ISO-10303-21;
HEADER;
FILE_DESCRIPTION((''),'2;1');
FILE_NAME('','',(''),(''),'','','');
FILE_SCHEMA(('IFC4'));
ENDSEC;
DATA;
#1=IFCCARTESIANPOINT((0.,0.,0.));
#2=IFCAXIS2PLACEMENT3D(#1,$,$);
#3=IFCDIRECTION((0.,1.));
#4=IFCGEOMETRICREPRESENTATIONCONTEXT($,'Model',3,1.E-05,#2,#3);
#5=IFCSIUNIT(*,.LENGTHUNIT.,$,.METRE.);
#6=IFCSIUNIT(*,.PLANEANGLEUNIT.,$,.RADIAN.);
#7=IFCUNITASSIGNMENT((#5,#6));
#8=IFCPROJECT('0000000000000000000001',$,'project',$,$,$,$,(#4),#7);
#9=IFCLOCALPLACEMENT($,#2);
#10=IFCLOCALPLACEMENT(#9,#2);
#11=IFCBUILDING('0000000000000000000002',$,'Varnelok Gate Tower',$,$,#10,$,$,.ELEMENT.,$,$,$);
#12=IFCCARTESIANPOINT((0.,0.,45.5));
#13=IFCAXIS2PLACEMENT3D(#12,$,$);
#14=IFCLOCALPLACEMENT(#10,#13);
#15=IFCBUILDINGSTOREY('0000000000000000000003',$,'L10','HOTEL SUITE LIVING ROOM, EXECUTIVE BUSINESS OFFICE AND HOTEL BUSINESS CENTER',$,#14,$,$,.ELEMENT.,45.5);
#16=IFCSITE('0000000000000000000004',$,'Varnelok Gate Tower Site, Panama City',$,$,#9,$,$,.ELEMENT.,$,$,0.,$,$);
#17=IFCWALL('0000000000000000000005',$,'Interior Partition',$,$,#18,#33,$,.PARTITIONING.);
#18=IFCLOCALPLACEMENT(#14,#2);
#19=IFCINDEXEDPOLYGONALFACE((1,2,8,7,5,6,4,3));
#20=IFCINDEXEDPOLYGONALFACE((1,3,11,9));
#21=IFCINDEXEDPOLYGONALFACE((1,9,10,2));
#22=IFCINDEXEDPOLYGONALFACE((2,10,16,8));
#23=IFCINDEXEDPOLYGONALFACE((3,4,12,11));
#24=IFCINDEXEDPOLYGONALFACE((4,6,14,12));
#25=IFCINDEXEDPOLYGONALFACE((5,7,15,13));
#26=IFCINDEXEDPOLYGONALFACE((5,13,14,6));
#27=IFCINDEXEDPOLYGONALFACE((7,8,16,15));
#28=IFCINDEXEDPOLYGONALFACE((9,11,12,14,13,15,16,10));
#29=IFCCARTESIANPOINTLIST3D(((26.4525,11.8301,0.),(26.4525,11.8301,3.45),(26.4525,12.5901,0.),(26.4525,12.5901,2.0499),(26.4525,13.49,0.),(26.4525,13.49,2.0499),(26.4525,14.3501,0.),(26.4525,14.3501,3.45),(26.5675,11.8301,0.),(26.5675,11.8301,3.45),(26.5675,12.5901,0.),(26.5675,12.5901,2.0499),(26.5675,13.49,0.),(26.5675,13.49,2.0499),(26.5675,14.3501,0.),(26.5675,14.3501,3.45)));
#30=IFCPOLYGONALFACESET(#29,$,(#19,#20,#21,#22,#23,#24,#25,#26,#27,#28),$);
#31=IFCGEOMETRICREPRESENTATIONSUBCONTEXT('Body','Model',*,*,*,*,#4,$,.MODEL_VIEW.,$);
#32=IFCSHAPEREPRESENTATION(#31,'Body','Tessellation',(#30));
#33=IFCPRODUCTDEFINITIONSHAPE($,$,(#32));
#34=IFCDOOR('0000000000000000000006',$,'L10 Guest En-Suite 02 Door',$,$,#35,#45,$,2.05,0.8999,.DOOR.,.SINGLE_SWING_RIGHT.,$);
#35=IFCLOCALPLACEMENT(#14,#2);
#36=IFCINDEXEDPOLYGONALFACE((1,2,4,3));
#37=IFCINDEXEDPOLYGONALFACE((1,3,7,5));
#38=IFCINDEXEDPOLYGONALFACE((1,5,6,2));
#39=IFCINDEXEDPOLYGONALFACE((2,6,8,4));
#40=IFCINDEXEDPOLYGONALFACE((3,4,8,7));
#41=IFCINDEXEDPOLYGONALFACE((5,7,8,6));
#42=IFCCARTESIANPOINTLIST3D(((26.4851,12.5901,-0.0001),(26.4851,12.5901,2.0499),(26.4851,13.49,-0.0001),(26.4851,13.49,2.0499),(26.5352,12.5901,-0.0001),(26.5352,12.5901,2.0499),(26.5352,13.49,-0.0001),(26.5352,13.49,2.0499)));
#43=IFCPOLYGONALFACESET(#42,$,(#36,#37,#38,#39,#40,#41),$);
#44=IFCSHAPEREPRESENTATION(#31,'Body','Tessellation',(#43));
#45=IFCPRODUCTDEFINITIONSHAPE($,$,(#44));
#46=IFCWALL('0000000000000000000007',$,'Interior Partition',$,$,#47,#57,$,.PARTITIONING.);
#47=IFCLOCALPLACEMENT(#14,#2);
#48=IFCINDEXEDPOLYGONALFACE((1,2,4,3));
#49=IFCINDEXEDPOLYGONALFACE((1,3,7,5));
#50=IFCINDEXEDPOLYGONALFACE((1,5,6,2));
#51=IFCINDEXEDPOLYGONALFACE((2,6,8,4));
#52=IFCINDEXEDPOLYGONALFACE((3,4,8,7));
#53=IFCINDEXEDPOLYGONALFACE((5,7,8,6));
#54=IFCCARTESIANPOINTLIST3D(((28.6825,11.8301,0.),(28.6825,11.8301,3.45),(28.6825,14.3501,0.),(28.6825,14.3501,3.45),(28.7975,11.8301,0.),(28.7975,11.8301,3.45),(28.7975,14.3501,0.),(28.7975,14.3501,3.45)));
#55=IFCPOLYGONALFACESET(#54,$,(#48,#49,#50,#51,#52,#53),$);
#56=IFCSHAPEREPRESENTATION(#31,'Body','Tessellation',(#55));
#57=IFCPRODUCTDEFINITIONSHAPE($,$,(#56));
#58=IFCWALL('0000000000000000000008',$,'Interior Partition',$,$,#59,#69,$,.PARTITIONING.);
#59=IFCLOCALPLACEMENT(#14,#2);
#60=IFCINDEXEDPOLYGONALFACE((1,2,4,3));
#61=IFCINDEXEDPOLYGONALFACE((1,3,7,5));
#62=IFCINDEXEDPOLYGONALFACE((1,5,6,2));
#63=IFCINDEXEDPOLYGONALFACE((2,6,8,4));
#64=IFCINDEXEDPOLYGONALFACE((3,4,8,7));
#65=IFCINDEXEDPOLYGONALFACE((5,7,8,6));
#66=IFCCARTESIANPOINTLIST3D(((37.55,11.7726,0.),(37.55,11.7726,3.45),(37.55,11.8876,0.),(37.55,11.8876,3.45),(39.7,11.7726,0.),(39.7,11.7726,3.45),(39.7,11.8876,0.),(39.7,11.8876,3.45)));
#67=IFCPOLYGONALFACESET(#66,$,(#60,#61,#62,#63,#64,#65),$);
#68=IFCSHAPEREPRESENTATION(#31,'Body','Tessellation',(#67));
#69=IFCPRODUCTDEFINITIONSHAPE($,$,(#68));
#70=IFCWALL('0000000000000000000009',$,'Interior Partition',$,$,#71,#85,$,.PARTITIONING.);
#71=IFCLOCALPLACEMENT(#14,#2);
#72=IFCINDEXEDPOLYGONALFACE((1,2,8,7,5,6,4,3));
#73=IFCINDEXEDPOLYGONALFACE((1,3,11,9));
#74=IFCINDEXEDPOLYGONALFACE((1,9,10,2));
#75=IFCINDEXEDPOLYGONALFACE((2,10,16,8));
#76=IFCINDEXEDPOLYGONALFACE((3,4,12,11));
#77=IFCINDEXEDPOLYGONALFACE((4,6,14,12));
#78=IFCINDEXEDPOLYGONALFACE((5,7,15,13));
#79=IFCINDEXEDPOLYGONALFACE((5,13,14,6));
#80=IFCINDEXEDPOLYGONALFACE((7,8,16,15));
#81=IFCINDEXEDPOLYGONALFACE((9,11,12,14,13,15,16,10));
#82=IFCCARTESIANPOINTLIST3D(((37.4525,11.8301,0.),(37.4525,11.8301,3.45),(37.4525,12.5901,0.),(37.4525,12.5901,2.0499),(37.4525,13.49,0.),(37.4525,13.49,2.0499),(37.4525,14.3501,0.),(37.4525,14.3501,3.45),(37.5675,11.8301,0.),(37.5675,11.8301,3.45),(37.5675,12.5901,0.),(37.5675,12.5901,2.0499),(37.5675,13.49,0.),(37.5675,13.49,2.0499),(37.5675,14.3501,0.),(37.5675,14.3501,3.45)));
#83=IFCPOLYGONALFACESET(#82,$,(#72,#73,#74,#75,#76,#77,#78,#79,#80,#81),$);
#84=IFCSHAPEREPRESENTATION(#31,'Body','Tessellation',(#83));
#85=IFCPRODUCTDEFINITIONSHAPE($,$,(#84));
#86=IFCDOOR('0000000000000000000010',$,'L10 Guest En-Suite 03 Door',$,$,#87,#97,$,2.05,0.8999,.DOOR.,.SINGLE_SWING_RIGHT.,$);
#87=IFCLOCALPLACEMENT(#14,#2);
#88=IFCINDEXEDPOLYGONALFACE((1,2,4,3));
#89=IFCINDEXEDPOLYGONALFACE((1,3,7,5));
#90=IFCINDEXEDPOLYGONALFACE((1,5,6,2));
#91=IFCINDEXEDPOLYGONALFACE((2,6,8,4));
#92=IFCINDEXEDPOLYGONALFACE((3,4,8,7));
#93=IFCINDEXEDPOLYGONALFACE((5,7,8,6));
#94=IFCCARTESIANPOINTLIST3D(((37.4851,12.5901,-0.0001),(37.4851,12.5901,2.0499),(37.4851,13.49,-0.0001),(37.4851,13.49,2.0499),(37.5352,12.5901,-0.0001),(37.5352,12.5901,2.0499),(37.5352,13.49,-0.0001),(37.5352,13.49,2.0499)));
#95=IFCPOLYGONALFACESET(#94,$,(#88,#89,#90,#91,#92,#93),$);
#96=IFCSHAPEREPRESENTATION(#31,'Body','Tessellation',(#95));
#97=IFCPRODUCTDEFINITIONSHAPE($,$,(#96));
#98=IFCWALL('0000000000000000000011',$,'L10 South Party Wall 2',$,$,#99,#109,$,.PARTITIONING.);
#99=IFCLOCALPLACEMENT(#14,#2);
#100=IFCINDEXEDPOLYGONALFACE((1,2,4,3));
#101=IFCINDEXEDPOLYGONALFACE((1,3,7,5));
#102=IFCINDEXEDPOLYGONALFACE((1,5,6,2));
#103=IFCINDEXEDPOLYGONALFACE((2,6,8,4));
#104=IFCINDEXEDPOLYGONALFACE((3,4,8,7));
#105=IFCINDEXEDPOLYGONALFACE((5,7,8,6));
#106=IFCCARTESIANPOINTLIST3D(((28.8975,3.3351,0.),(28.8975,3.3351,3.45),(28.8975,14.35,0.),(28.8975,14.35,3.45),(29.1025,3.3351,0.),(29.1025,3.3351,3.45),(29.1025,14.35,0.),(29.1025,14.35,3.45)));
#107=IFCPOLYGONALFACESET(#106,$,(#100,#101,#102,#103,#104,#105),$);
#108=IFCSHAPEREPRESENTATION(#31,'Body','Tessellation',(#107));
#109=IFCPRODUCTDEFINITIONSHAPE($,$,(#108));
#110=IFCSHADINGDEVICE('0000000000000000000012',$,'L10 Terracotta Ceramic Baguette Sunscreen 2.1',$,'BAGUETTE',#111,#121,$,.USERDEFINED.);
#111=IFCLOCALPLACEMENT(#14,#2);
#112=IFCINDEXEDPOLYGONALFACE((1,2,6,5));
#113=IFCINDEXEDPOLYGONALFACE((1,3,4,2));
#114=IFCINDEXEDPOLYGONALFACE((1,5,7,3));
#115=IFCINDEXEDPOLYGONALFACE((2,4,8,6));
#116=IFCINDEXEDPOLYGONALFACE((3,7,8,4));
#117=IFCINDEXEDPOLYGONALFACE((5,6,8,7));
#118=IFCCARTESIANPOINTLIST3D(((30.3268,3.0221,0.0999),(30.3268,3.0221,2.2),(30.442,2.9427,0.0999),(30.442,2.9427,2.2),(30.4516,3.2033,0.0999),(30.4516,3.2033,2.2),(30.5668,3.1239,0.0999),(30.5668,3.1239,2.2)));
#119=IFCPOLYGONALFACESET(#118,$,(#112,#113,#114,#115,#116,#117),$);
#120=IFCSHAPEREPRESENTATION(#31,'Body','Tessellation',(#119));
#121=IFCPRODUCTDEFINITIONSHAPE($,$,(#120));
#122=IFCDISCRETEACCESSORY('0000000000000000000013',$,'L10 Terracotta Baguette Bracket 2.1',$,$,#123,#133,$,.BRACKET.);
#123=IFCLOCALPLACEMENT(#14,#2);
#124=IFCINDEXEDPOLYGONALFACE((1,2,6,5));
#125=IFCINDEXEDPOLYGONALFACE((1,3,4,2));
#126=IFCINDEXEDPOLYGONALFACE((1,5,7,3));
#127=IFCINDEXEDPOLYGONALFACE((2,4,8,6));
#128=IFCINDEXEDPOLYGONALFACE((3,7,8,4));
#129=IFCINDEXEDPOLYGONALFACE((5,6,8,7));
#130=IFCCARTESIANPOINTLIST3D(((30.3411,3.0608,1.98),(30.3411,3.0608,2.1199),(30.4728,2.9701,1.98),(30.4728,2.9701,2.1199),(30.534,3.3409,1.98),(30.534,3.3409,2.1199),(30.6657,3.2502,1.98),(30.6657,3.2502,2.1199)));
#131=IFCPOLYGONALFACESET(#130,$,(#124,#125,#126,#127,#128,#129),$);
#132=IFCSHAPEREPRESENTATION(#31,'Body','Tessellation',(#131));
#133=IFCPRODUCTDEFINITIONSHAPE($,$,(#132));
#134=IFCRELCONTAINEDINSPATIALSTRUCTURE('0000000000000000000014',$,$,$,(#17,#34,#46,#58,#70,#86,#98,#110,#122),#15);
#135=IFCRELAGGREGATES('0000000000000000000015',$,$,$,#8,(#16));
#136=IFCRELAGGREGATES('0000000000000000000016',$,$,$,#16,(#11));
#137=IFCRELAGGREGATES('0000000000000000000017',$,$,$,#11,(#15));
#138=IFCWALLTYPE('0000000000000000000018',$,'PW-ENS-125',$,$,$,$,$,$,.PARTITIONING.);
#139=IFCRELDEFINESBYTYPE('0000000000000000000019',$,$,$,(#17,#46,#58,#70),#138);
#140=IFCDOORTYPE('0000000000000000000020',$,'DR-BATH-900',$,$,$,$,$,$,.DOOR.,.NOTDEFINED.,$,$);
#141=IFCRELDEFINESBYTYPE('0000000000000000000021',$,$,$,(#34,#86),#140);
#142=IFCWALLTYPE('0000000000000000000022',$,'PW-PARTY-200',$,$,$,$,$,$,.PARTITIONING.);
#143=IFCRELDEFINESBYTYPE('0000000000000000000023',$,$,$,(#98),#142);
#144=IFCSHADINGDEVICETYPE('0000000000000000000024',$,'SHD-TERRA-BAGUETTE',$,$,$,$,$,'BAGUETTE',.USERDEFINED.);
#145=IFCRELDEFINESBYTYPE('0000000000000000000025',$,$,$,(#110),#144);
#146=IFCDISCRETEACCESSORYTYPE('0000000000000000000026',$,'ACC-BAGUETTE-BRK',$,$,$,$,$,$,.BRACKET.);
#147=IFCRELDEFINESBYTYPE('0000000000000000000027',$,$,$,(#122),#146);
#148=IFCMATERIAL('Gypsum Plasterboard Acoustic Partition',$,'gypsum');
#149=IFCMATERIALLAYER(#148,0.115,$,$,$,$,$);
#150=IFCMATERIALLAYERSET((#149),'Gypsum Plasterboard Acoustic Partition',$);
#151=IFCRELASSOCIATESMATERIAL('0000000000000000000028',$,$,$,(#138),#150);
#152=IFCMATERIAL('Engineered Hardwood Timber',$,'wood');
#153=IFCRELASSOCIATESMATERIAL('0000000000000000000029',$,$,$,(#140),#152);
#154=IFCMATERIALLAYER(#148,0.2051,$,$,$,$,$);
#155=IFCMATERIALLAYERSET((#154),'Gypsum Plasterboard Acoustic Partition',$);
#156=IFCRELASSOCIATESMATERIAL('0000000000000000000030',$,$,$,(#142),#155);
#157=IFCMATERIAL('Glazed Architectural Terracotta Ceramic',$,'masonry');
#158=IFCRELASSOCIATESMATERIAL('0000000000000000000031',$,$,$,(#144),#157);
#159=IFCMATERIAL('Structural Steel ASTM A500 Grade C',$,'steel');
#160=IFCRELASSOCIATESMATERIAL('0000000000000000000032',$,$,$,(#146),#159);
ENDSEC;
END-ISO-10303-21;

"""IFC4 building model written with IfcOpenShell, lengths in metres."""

from ifc_helpers import new_model, si_unit, direction, frame, frame_2d, origin, origin_2d, place, context, subcontext, project, spatial, rectangle, extrude, source, transform, mapped, material, layer, layer_set, type_object, element, fill, save


model = new_model("IFC4")

# Units and contexts
model_context = context("Model", 3, precision=1e-05, world=origin(), true_north=direction((0.0, 1.0)))
body_context = subcontext(model_context, "Body", "Model", "MODEL_VIEW")
ifc_project = project(units=[si_unit("LENGTHUNIT", "METRE"), si_unit("PLANEANGLEUNIT", "RADIAN")], contexts=[model_context])

# Site, building, storey
site_placement = place(None, origin())
site = spatial("IfcSite", under=ifc_project, at=site_placement, Name="Varnelok Gate Tower Site, Panama City", CompositionType="ELEMENT", RefElevation=0.0)
building_placement = place(site_placement, origin())
building = spatial("IfcBuilding", under=site, at=building_placement, Name="Varnelok Gate Tower", CompositionType="ELEMENT")
storey_placement = place(building_placement, frame((0.0, 0.0, 45.5)))
storey = spatial("IfcBuildingStorey", under=building, at=storey_placement, Name="L10", Description="HOTEL SUITE LIVING ROOM, EXECUTIVE BUSINESS OFFICE AND HOTEL BUSINESS CENTER", CompositionType="ELEMENT", Elevation=45.5)

# Shared definitions
ifc_material_1 = material(Name="Gypsum Plasterboard Acoustic Partition", Category="gypsum")
ifc_material_2 = material(Name="Engineered Hardwood Timber", Category="wood")

# Shared definitions
ifc_layer_1 = layer(ifc_material_1, 0.115)
ifc_layer_set_1 = layer_set([ifc_layer_1], Name="Gypsum Plasterboard Acoustic Partition")
wall_type_1 = type_object("IfcWallType", Name="PW-ENS-125", PredefinedType="PARTITIONING", material=ifc_layer_set_1)

# Wall, opening, door
wall_1_placement = place(storey_placement, frame((26.51, 11.8301, 0.0), z_axis=(0.0, 0.0, 1.0), x_axis=(0.0, 1.0, 0.0)))
wall_1 = element("IfcWall", 1, at=wall_1_placement, inside=storey, type_object=wall_type_1, Name="Interior Partition", PredefinedType="PARTITIONING", context=body_context, shape_type="SweptSolid", body=[
    extrude(rectangle(XDim=2.52, YDim=0.115, at=frame_2d((1.26, 0.0))), origin(), (0.0, 0.0, 1.0), 3.45),
])
opening_1_placement = place(wall_1_placement, frame((0.76, 0.0, 0.0)))
opening_1 = element("IfcOpeningElement", 2, at=opening_1_placement, cuts=wall_1, PredefinedType="OPENING", context=body_context, shape_type="SweptSolid", body=[
    extrude(rectangle(XDim=0.8999, YDim=2.05, at=frame_2d((0.45, 1.0249))), frame((0.0, 0.0674, 0.0), z_axis=(0.0, -1.0, 0.0), x_axis=(1.0, 0.0, 0.0)), (0.0, 0.0, 1.0), 0.135),
])
door_type_1 = type_object("IfcDoorType", Name="DR-BATH-900", OperationType="NOTDEFINED", PredefinedType="DOOR", material=ifc_material_2)
door_1_placement = place(opening_1_placement, origin())
door_1 = element("IfcDoor", 3, at=door_1_placement, inside=storey, type_object=door_type_1, Name="L10 Guest En-Suite 02 Door", OperationType="SINGLE_SWING_RIGHT", OverallHeight=2.05, OverallWidth=0.8999, PredefinedType="DOOR", context=body_context, shape_type="SweptSolid", body=[
    extrude(rectangle(XDim=0.8999, YDim=2.05, at=frame_2d((0.45, 1.0249))), frame((0.0, 0.0249, 0.0), z_axis=(0.0, -1.0, 0.0), x_axis=(1.0, 0.0, 0.0)), (0.0, 0.0, 1.0), 0.05),
])
fill(opening_1, door_1)

# Walls
wall_2_placement = place(storey_placement, frame((28.74, 11.8301, 0.0), z_axis=(0.0, 0.0, 1.0), x_axis=(0.0, 1.0, 0.0)))
element("IfcWall", 4, at=wall_2_placement, inside=storey, type_object=wall_type_1, Name="Interior Partition", PredefinedType="PARTITIONING", context=body_context, shape_type="SweptSolid", body=[
    extrude(rectangle(XDim=2.52, YDim=0.115, at=frame_2d((1.26, 0.0))), origin(), (0.0, 0.0, 1.0), 3.45),
])
wall_3_placement = place(storey_placement, frame((37.55, 11.8301, 0.0), z_axis=(0.0, 0.0, 1.0), x_axis=(1.0, 0.0, 0.0)))
element("IfcWall", 5, at=wall_3_placement, inside=storey, type_object=wall_type_1, Name="Interior Partition", PredefinedType="PARTITIONING", context=body_context, shape_type="SweptSolid", body=[
    extrude(rectangle(XDim=2.1499, YDim=0.115, at=frame_2d((1.075, 0.0))), origin(), (0.0, 0.0, 1.0), 3.45),
])

# Wall, opening, door
wall_4_placement = place(storey_placement, frame((37.51, 11.8301, 0.0), z_axis=(0.0, 0.0, 1.0), x_axis=(0.0, 1.0, 0.0)))
wall_4 = element("IfcWall", 6, at=wall_4_placement, inside=storey, type_object=wall_type_1, Name="Interior Partition", PredefinedType="PARTITIONING", context=body_context, shape_type="SweptSolid", body=[
    extrude(rectangle(XDim=2.52, YDim=0.115, at=frame_2d((1.26, 0.0))), origin(), (0.0, 0.0, 1.0), 3.45),
])
opening_2_placement = place(wall_4_placement, frame((0.76, 0.0, 0.0)))
opening_2 = element("IfcOpeningElement", 7, at=opening_2_placement, cuts=wall_4, PredefinedType="OPENING", context=body_context, shape_type="SweptSolid", body=[
    extrude(rectangle(XDim=0.8999, YDim=2.05, at=frame_2d((0.45, 1.0249))), frame((0.0, 0.0674, 0.0), z_axis=(0.0, -1.0, 0.0), x_axis=(1.0, 0.0, 0.0)), (0.0, 0.0, 1.0), 0.135),
])
door_2_placement = place(opening_2_placement, origin())
door_2 = element("IfcDoor", 8, at=door_2_placement, inside=storey, type_object=door_type_1, Name="L10 Guest En-Suite 03 Door", OperationType="SINGLE_SWING_RIGHT", OverallHeight=2.05, OverallWidth=0.8999, PredefinedType="DOOR", context=body_context, shape_type="SweptSolid", body=[
    extrude(rectangle(XDim=0.8999, YDim=2.05, at=frame_2d((0.45, 1.0249))), frame((0.0, 0.0249, 0.0), z_axis=(0.0, -1.0, 0.0), x_axis=(1.0, 0.0, 0.0)), (0.0, 0.0, 1.0), 0.05),
])
fill(opening_2, door_2)

# Wall
ifc_layer_2 = layer(ifc_material_1, 0.2051)
ifc_layer_set_2 = layer_set([ifc_layer_2], Name="Gypsum Plasterboard Acoustic Partition")
wall_type_2 = type_object("IfcWallType", Name="PW-PARTY-200", PredefinedType="PARTITIONING", material=ifc_layer_set_2)
wall_5_placement = place(storey_placement, frame((29.0, 3.3352, 0.0), z_axis=(0.0, 0.0, 1.0), x_axis=(0.0, 1.0, 0.0)))
element("IfcWall", 9, at=wall_5_placement, inside=storey, type_object=wall_type_2, Name="L10 South Party Wall 2", PredefinedType="PARTITIONING", context=body_context, shape_type="SweptSolid", body=[
    extrude(rectangle(XDim=11.0149, YDim=0.2051, at=frame_2d((5.5073, 0.0))), origin(), (0.0, 0.0, 1.0), 3.45),
])

# Shading device
ifc_material_3 = material(Name="Glazed Architectural Terracotta Ceramic", Category="masonry")
shading_device_type = type_object("IfcShadingDeviceType", Name="SHD-TERRA-BAGUETTE", ElementType="BAGUETTE", PredefinedType="USERDEFINED", material=ifc_material_3)
shared_shape_1 = source(origin(), body_context, "Body", "SweptSolid", [
    extrude(rectangle(XDim=0.1399, YDim=0.22, at=origin_2d()), origin(), (0.0, 0.0, 1.0), 2.1001),
])
shading_device_placement = place(storey_placement, frame((30.4468, 3.073, 0.0999), z_axis=(0.0, 0.0, 1.0), x_axis=(0.823533, -0.567269, 0.0)))
element("IfcShadingDevice", 10, at=shading_device_placement, inside=storey, type_object=shading_device_type, Name="L10 Terracotta Ceramic Baguette Sunscreen 2.1", ObjectType="BAGUETTE", PredefinedType="USERDEFINED", context=body_context, shape_type="MappedRepresentation", body=[
    mapped(shared_shape_1, transform((0.0, 0.0, 0.0), scale=1.0)),
])

# Discrete accessory
ifc_material_4 = material(Name="Structural Steel ASTM A500 Grade C", Category="steel")
discrete_accessory_type = type_object("IfcDiscreteAccessoryType", Name="ACC-BAGUETTE-BRK", PredefinedType="BRACKET", material=ifc_material_4)
shared_shape_2 = source(origin(), body_context, "Body", "SweptSolid", [
    extrude(rectangle(XDim=0.1599, YDim=0.3401, at=origin_2d()), origin(), (0.0, 0.0, 1.0), 0.1399),
])
discrete_accessory_placement = place(storey_placement, frame((30.5034, 3.1555, 1.98), z_axis=(0.0, 0.0, 1.0), x_axis=(0.823533, -0.567269, 0.0)))
element("IfcDiscreteAccessory", 11, at=discrete_accessory_placement, inside=storey, type_object=discrete_accessory_type, Name="L10 Terracotta Baguette Bracket 2.1", PredefinedType="BRACKET", context=body_context, shape_type="MappedRepresentation", body=[
    mapped(shared_shape_2, transform((0.0, 0.0, 0.0), scale=1.0)),
])

save(model, "model.ifc")
